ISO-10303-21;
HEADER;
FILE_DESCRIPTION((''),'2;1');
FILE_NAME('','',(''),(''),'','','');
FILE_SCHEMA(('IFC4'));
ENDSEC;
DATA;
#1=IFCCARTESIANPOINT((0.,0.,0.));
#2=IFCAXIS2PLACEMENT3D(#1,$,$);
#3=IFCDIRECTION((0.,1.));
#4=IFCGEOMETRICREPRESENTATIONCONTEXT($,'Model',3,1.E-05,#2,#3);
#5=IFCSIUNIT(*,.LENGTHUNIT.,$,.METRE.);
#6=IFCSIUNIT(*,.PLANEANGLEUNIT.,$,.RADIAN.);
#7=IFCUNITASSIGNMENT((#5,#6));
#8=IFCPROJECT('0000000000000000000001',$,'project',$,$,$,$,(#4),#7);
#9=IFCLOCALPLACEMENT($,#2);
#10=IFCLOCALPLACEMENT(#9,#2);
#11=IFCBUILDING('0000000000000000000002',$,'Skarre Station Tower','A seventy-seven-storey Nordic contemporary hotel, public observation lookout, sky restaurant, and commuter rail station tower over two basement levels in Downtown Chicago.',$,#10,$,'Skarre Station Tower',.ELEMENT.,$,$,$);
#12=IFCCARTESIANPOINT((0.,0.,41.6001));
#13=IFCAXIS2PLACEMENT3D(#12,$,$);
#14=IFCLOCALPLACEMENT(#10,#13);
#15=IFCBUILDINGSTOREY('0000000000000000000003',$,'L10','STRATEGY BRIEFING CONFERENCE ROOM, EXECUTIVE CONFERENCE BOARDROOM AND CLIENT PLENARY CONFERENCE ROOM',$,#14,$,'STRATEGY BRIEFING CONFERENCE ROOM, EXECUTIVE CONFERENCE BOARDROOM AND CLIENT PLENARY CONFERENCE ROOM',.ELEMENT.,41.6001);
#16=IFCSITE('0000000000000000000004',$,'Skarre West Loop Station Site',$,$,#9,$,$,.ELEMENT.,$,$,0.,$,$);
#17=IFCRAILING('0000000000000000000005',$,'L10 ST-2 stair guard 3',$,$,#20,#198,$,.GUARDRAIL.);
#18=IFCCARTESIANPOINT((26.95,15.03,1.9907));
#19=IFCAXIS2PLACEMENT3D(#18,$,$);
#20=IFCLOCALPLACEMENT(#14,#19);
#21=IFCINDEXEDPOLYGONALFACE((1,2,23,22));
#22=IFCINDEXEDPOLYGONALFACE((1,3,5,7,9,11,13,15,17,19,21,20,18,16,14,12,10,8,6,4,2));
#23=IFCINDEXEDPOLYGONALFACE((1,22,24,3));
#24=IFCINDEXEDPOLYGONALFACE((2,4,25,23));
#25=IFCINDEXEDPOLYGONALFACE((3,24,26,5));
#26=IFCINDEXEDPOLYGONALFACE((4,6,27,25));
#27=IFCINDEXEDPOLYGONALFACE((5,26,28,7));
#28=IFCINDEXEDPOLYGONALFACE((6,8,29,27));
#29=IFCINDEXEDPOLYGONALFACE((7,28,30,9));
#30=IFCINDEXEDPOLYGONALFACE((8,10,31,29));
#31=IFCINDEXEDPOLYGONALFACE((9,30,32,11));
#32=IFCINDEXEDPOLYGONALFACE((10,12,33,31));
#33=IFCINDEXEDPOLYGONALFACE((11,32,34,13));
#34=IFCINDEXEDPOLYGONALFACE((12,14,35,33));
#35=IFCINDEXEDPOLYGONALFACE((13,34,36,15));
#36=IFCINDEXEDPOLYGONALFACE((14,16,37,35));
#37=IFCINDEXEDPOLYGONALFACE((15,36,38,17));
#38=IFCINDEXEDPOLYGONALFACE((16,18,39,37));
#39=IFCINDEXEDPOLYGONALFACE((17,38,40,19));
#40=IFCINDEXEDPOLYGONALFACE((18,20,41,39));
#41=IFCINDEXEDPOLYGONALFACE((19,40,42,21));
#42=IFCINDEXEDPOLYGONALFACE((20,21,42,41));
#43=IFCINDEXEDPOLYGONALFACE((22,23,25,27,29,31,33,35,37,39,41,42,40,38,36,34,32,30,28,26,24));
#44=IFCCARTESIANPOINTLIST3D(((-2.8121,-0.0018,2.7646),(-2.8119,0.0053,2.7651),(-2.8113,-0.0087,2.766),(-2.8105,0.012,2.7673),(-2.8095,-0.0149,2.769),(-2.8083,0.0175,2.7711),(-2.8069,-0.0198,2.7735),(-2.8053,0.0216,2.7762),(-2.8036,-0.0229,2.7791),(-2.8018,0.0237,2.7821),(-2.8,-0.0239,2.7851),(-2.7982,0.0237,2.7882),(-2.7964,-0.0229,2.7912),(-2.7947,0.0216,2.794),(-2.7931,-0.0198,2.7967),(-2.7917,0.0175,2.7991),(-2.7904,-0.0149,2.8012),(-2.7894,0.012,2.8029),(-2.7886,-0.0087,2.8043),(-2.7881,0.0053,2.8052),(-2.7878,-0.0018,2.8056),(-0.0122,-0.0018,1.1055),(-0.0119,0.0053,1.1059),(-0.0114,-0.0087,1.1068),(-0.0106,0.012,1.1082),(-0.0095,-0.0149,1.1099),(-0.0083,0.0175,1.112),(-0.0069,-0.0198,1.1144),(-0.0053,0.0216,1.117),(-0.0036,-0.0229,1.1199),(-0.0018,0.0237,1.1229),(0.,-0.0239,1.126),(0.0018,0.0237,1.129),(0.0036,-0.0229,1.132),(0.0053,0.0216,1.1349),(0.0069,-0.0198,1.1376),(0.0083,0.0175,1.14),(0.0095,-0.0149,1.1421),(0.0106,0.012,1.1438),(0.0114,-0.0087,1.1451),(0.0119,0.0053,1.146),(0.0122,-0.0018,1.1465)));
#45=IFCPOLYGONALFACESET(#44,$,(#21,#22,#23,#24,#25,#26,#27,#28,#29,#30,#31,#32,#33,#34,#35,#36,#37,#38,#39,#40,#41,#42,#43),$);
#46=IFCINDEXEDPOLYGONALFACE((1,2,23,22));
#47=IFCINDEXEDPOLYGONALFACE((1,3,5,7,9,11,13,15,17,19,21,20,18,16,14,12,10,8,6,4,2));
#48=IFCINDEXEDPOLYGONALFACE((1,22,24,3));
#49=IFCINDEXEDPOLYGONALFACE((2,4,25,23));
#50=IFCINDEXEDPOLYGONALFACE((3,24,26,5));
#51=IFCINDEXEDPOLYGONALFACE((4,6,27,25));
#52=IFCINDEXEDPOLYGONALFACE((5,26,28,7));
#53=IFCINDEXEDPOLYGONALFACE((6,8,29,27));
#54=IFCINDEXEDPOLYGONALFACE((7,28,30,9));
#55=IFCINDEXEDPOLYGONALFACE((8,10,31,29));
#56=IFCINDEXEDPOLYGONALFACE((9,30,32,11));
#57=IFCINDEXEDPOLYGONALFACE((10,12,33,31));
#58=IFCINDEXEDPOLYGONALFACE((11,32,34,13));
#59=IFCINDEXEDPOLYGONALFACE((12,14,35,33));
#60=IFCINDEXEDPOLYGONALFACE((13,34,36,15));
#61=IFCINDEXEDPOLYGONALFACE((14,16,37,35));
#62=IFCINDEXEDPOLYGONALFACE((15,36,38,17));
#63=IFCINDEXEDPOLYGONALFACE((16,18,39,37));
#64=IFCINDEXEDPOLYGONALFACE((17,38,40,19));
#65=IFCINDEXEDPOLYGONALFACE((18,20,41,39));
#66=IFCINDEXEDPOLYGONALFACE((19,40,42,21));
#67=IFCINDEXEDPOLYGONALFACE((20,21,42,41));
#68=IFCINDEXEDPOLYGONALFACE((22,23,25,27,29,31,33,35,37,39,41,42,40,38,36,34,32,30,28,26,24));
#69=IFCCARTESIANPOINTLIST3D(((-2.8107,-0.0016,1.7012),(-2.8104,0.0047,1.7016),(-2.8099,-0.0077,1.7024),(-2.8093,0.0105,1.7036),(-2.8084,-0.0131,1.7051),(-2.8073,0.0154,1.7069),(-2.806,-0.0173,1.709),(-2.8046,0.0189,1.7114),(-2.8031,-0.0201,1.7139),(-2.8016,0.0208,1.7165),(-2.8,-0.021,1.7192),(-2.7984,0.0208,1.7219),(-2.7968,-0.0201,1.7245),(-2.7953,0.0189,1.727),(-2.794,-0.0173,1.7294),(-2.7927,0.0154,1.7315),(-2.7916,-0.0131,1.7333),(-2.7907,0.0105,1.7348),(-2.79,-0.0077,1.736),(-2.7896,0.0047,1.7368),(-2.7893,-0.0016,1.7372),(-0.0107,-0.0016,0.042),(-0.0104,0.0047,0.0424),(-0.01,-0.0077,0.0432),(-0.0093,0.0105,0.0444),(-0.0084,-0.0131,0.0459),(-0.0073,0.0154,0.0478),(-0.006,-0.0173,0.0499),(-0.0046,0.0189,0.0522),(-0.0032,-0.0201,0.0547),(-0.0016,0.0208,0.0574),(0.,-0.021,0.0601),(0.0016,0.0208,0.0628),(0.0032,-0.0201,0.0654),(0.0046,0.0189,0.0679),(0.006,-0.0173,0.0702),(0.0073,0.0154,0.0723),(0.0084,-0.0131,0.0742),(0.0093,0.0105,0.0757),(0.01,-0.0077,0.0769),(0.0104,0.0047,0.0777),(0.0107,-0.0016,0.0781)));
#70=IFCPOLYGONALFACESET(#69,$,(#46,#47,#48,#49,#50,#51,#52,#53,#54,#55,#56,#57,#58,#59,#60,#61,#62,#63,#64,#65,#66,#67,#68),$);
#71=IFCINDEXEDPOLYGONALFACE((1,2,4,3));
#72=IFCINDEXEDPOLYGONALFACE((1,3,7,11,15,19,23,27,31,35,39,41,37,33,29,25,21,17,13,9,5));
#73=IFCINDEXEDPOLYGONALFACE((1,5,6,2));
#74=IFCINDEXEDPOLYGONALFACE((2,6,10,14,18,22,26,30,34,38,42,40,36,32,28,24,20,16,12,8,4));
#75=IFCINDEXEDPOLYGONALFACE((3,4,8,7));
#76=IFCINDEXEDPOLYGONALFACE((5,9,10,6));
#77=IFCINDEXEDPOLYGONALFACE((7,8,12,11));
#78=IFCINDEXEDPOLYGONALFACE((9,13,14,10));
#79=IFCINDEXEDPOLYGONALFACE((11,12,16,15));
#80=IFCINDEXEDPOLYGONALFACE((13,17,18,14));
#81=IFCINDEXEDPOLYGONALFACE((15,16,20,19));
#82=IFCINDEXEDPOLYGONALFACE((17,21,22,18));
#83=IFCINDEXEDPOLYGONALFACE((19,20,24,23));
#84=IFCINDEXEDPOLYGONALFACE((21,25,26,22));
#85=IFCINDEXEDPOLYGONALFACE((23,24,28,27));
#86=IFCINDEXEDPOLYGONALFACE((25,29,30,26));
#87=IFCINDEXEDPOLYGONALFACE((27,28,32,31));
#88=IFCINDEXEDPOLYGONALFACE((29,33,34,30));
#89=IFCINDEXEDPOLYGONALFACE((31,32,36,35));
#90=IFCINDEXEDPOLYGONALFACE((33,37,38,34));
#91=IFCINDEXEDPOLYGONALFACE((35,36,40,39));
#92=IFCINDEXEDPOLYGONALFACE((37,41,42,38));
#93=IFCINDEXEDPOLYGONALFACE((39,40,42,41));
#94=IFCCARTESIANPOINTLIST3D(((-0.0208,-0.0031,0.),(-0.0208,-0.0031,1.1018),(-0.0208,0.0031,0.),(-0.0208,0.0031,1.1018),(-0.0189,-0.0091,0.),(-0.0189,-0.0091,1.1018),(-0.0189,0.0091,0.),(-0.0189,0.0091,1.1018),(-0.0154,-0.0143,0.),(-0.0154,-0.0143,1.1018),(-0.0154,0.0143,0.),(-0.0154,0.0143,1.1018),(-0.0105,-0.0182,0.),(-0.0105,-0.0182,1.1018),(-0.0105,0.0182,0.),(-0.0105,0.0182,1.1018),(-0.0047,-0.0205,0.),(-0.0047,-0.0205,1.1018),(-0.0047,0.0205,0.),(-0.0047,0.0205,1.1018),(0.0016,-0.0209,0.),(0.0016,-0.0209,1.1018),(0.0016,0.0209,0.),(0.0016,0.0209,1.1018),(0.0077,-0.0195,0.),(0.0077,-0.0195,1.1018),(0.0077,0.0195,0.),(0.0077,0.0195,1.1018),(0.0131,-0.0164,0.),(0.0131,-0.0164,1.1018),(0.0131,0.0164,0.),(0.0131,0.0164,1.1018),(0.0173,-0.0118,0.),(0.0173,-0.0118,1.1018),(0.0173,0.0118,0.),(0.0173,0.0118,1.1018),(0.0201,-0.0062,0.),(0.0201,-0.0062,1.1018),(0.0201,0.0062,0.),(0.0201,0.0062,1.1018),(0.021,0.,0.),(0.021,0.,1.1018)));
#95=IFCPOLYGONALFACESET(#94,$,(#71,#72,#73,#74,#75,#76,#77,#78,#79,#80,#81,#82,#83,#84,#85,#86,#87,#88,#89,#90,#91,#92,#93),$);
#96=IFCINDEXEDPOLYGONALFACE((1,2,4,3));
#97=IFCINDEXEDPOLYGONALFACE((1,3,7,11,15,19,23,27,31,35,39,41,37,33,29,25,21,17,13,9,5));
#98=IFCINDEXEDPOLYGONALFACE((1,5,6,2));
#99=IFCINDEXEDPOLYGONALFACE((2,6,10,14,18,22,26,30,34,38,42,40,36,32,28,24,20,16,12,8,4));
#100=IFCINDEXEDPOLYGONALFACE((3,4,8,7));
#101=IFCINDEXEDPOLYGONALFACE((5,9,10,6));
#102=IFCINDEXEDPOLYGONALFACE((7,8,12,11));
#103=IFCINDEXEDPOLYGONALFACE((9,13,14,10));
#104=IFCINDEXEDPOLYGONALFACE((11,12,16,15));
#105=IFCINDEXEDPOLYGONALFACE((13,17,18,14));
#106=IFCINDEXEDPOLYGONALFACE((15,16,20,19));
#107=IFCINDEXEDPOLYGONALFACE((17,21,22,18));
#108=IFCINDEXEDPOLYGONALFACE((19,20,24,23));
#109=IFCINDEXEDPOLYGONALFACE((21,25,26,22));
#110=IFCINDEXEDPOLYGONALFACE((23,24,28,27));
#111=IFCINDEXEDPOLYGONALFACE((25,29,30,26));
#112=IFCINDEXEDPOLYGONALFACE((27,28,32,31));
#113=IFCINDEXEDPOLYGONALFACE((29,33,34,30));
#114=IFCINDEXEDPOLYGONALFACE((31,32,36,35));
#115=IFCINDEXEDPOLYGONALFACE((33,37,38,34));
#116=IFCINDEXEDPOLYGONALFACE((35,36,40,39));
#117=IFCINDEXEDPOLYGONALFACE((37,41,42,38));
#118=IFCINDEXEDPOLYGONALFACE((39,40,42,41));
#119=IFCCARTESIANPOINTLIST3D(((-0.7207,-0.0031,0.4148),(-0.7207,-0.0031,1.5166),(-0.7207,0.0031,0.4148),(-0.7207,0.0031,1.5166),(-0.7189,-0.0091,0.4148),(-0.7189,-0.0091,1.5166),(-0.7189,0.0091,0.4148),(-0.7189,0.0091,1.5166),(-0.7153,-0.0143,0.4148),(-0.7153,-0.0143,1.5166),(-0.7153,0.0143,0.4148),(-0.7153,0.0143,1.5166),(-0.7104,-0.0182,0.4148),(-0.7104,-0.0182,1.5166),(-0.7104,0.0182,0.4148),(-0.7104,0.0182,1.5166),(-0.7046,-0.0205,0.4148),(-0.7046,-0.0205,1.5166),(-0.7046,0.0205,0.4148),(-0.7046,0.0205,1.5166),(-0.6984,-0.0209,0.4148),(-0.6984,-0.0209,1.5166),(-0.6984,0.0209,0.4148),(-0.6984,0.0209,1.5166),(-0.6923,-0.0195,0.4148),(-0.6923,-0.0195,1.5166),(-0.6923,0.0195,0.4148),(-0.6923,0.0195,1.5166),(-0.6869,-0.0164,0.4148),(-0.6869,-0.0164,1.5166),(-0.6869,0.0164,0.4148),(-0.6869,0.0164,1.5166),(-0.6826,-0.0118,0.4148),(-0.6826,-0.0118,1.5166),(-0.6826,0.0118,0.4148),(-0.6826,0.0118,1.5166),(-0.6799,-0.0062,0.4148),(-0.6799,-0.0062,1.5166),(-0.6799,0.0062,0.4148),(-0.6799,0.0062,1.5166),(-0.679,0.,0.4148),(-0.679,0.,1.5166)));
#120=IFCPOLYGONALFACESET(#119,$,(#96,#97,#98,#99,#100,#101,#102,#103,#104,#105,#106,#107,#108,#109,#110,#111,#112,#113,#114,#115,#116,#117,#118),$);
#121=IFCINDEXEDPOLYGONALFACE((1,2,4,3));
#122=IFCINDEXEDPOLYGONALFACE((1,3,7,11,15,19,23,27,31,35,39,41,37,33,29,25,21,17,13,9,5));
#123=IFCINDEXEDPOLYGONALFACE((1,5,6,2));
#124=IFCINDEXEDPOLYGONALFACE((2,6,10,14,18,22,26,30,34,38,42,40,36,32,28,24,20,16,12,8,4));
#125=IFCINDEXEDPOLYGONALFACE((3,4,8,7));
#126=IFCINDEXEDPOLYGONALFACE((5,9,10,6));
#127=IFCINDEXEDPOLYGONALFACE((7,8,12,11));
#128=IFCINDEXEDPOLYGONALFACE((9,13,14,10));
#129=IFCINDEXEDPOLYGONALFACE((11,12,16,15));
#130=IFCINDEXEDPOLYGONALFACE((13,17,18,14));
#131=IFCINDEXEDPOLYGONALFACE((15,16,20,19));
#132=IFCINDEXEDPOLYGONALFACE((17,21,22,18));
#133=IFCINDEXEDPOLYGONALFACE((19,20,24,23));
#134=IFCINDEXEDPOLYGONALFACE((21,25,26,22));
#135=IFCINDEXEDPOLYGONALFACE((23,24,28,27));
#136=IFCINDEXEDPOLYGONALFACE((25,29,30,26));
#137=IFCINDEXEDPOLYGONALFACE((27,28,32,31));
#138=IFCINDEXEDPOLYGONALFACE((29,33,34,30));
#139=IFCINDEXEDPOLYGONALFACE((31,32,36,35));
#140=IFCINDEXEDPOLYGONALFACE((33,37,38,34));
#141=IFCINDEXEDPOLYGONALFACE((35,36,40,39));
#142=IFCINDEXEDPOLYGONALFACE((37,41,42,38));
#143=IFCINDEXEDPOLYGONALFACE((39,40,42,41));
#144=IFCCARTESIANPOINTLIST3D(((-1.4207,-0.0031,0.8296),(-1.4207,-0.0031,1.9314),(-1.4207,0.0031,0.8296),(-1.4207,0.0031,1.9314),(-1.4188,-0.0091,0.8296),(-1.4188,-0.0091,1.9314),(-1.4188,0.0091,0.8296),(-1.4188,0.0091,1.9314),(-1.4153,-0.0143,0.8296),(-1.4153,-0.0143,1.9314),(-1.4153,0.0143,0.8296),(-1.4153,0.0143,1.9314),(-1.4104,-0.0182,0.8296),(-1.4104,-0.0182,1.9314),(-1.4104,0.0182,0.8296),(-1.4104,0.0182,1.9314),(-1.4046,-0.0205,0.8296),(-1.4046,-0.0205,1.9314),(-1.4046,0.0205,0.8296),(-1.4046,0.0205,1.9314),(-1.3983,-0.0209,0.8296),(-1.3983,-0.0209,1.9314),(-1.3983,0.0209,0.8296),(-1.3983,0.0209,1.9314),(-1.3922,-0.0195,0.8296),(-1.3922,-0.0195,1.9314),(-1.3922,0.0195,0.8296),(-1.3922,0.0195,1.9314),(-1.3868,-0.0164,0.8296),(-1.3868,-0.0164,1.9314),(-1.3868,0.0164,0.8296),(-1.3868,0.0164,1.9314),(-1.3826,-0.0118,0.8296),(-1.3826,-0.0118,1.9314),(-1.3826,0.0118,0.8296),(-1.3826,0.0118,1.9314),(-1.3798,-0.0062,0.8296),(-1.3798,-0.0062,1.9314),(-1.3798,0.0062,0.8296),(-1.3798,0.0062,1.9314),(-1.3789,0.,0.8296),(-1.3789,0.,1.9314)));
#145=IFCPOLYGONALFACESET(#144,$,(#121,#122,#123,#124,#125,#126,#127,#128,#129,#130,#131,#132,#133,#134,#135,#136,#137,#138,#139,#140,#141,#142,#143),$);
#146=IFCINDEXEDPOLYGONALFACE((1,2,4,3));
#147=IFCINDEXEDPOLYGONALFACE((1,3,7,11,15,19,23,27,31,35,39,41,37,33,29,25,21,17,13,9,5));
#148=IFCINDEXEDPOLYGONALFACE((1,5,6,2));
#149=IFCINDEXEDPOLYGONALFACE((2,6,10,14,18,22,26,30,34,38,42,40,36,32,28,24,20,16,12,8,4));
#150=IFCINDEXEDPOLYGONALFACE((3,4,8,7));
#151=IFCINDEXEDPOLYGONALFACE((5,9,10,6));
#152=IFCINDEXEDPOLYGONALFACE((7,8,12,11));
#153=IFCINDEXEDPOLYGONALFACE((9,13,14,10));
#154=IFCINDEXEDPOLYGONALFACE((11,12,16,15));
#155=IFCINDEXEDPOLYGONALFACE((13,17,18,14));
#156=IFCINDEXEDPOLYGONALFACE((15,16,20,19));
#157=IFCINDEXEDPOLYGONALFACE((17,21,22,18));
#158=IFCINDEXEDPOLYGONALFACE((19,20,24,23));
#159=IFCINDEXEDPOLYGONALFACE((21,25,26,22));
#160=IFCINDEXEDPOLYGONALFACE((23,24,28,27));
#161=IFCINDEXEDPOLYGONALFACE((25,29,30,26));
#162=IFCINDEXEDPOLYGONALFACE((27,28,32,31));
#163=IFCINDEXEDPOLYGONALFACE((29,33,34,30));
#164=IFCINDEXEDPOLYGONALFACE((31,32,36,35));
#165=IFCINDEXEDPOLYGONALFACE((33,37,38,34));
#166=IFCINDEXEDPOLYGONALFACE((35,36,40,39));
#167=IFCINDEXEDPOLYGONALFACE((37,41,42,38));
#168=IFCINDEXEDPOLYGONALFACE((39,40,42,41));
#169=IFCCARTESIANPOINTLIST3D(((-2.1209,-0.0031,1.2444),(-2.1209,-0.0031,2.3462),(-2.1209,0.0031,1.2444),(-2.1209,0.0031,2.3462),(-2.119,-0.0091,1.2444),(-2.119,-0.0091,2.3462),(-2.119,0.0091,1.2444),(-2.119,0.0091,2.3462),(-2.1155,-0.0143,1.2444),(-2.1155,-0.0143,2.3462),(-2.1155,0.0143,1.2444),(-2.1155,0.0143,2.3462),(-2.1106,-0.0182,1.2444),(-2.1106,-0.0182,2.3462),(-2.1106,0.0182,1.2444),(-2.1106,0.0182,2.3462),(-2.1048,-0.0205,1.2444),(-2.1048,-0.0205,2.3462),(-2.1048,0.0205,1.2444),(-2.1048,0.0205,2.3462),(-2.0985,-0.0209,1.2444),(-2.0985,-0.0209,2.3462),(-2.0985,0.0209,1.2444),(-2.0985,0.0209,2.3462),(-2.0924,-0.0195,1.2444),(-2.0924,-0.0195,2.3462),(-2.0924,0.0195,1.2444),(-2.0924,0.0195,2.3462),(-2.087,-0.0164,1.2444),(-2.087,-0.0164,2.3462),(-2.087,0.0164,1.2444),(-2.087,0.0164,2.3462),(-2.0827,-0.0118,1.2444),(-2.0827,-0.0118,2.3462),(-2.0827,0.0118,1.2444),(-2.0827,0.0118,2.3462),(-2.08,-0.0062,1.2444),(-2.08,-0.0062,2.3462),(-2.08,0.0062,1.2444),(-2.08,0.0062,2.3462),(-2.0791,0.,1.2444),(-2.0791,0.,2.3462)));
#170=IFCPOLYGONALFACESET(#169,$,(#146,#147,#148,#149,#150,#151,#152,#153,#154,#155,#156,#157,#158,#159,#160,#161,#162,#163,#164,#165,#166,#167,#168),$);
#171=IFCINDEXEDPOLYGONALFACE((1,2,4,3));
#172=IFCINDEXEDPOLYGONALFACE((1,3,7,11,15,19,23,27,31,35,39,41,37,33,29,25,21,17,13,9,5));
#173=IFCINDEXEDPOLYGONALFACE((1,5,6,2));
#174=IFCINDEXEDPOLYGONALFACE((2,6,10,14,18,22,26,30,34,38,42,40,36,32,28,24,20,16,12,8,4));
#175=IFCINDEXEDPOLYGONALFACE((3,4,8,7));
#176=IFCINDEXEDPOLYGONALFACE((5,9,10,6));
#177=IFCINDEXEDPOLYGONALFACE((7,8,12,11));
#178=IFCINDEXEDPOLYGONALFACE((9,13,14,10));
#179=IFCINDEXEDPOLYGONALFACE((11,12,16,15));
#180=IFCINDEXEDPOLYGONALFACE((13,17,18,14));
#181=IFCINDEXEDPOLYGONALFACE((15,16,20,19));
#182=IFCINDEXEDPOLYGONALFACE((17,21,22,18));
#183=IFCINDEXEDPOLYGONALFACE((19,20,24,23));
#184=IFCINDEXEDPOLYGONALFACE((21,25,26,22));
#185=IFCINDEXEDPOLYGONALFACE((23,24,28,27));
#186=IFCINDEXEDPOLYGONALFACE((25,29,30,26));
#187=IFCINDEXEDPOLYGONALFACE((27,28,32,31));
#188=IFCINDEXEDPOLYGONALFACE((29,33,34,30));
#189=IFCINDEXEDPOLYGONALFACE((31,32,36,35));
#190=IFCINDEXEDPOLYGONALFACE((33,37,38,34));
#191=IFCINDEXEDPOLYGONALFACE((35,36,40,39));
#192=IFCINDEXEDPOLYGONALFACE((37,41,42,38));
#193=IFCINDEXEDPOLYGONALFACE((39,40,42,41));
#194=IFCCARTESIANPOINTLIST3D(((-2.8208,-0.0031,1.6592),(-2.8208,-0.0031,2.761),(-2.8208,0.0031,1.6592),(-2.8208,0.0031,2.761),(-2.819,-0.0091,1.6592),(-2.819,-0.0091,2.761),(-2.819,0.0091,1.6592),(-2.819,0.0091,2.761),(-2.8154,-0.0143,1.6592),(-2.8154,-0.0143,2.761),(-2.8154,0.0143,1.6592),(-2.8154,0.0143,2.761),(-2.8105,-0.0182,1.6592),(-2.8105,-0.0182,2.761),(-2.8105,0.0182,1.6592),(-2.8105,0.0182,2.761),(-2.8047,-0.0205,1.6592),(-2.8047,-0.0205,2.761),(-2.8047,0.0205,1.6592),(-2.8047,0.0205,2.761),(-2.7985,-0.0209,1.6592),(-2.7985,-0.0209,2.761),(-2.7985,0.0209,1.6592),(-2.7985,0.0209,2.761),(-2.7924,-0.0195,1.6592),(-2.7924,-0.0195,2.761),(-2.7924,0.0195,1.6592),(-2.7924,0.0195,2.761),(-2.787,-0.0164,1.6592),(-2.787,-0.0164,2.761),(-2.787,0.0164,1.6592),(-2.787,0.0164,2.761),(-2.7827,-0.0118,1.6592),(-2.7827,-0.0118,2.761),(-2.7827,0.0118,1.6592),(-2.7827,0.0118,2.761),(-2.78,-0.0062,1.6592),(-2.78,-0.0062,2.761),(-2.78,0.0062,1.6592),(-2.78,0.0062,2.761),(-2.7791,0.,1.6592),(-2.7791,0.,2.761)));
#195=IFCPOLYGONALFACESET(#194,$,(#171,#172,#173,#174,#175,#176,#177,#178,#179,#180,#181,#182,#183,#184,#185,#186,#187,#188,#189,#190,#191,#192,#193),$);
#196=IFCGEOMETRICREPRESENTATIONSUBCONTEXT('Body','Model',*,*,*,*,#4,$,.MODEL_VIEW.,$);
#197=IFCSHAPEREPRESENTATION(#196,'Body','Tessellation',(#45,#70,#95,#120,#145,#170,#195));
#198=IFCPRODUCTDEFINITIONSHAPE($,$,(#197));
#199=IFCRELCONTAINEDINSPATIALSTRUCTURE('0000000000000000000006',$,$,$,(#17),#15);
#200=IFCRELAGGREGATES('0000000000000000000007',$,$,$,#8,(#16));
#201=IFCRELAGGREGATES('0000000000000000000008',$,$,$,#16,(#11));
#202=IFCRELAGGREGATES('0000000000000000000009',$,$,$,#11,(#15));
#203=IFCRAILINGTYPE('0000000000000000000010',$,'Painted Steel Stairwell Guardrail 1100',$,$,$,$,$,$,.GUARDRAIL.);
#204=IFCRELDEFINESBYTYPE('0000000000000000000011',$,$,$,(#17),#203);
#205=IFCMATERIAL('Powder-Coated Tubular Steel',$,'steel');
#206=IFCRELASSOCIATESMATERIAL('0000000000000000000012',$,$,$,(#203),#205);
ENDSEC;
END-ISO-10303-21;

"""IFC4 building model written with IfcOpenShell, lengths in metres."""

from ifc_helpers import new_model, si_unit, direction, frame, origin, origin_2d, place, context, subcontext, project, spatial, circle, extrude, material, type_object, element, save


model = new_model("IFC4")

# Units and contexts
model_context = context("Model", 3, precision=1e-05, world=origin(), true_north=direction((0.0, 1.0)))
body_context = subcontext(model_context, "Body", "Model", "MODEL_VIEW")
ifc_project = project(units=[si_unit("LENGTHUNIT", "METRE"), si_unit("PLANEANGLEUNIT", "RADIAN")], contexts=[model_context])

# Site, building, storey
site_placement = place(None, origin())
site = spatial("IfcSite", under=ifc_project, at=site_placement, Name="Skarre West Loop Station Site", CompositionType="ELEMENT", RefElevation=0.0)
building_placement = place(site_placement, origin())
building = spatial("IfcBuilding", under=site, at=building_placement, Name="Skarre Station Tower", Description="A seventy-seven-storey Nordic contemporary hotel, public observation lookout, sky restaurant, and commuter rail station tower over two basement levels in Downtown Chicago.", LongName="Skarre Station Tower", CompositionType="ELEMENT")
storey_placement = place(building_placement, frame((0.0, 0.0, 41.6001)))
storey = spatial("IfcBuildingStorey", under=building, at=storey_placement, Name="L10", Description="STRATEGY BRIEFING CONFERENCE ROOM, EXECUTIVE CONFERENCE BOARDROOM AND CLIENT PLENARY CONFERENCE ROOM", LongName="STRATEGY BRIEFING CONFERENCE ROOM, EXECUTIVE CONFERENCE BOARDROOM AND CLIENT PLENARY CONFERENCE ROOM", CompositionType="ELEMENT", Elevation=41.6001)

# Railing
ifc_material_1 = material(Name="Powder-Coated Tubular Steel", Category="steel")
railing_type_1 = type_object("IfcRailingType", Name="Painted Steel Stairwell Guardrail 1100", PredefinedType="GUARDRAIL", material=ifc_material_1)
railing_1_placement = place(storey_placement, frame((26.95, 15.03, 1.9907)))
element("IfcRailing", 1, at=railing_1_placement, inside=storey, type_object=railing_type_1, Name="L10 ST-2 stair guard 3", PredefinedType="GUARDRAIL", context=body_context, shape_type="SweptSolid", body=[
    extrude(circle(Radius=0.0239, at=origin_2d()), frame((0.0, 0.0, 1.126), z_axis=(-0.860306, 0.0, 0.509778), x_axis=(0.0, -1.0, 0.0)), (0.0, 0.0, 1.0), 3.2546),
    extrude(circle(Radius=0.021, at=origin_2d()), frame((0.0, 0.0, 0.0601), z_axis=(-0.860306, 0.0, 0.509778), x_axis=(0.0, -1.0, 0.0)), (0.0, 0.0, 1.0), 3.2546),
    extrude(circle(Radius=0.021, at=origin_2d()), origin(), (0.0, 0.0, 1.0), 1.1018),
    extrude(circle(Radius=0.021, at=origin_2d()), frame((-0.7, 0.0, 0.4148)), (0.0, 0.0, 1.0), 1.1018),
    extrude(circle(Radius=0.021, at=origin_2d()), frame((-1.3999, 0.0, 0.8296)), (0.0, 0.0, 1.0), 1.1018),
    extrude(circle(Radius=0.021, at=origin_2d()), frame((-2.1001, 0.0, 1.2444)), (0.0, 0.0, 1.0), 1.1018),
    extrude(circle(Radius=0.021, at=origin_2d()), frame((-2.8, 0.0, 1.6592)), (0.0, 0.0, 1.0), 1.1018),
])

save(model, "model.ifc")
